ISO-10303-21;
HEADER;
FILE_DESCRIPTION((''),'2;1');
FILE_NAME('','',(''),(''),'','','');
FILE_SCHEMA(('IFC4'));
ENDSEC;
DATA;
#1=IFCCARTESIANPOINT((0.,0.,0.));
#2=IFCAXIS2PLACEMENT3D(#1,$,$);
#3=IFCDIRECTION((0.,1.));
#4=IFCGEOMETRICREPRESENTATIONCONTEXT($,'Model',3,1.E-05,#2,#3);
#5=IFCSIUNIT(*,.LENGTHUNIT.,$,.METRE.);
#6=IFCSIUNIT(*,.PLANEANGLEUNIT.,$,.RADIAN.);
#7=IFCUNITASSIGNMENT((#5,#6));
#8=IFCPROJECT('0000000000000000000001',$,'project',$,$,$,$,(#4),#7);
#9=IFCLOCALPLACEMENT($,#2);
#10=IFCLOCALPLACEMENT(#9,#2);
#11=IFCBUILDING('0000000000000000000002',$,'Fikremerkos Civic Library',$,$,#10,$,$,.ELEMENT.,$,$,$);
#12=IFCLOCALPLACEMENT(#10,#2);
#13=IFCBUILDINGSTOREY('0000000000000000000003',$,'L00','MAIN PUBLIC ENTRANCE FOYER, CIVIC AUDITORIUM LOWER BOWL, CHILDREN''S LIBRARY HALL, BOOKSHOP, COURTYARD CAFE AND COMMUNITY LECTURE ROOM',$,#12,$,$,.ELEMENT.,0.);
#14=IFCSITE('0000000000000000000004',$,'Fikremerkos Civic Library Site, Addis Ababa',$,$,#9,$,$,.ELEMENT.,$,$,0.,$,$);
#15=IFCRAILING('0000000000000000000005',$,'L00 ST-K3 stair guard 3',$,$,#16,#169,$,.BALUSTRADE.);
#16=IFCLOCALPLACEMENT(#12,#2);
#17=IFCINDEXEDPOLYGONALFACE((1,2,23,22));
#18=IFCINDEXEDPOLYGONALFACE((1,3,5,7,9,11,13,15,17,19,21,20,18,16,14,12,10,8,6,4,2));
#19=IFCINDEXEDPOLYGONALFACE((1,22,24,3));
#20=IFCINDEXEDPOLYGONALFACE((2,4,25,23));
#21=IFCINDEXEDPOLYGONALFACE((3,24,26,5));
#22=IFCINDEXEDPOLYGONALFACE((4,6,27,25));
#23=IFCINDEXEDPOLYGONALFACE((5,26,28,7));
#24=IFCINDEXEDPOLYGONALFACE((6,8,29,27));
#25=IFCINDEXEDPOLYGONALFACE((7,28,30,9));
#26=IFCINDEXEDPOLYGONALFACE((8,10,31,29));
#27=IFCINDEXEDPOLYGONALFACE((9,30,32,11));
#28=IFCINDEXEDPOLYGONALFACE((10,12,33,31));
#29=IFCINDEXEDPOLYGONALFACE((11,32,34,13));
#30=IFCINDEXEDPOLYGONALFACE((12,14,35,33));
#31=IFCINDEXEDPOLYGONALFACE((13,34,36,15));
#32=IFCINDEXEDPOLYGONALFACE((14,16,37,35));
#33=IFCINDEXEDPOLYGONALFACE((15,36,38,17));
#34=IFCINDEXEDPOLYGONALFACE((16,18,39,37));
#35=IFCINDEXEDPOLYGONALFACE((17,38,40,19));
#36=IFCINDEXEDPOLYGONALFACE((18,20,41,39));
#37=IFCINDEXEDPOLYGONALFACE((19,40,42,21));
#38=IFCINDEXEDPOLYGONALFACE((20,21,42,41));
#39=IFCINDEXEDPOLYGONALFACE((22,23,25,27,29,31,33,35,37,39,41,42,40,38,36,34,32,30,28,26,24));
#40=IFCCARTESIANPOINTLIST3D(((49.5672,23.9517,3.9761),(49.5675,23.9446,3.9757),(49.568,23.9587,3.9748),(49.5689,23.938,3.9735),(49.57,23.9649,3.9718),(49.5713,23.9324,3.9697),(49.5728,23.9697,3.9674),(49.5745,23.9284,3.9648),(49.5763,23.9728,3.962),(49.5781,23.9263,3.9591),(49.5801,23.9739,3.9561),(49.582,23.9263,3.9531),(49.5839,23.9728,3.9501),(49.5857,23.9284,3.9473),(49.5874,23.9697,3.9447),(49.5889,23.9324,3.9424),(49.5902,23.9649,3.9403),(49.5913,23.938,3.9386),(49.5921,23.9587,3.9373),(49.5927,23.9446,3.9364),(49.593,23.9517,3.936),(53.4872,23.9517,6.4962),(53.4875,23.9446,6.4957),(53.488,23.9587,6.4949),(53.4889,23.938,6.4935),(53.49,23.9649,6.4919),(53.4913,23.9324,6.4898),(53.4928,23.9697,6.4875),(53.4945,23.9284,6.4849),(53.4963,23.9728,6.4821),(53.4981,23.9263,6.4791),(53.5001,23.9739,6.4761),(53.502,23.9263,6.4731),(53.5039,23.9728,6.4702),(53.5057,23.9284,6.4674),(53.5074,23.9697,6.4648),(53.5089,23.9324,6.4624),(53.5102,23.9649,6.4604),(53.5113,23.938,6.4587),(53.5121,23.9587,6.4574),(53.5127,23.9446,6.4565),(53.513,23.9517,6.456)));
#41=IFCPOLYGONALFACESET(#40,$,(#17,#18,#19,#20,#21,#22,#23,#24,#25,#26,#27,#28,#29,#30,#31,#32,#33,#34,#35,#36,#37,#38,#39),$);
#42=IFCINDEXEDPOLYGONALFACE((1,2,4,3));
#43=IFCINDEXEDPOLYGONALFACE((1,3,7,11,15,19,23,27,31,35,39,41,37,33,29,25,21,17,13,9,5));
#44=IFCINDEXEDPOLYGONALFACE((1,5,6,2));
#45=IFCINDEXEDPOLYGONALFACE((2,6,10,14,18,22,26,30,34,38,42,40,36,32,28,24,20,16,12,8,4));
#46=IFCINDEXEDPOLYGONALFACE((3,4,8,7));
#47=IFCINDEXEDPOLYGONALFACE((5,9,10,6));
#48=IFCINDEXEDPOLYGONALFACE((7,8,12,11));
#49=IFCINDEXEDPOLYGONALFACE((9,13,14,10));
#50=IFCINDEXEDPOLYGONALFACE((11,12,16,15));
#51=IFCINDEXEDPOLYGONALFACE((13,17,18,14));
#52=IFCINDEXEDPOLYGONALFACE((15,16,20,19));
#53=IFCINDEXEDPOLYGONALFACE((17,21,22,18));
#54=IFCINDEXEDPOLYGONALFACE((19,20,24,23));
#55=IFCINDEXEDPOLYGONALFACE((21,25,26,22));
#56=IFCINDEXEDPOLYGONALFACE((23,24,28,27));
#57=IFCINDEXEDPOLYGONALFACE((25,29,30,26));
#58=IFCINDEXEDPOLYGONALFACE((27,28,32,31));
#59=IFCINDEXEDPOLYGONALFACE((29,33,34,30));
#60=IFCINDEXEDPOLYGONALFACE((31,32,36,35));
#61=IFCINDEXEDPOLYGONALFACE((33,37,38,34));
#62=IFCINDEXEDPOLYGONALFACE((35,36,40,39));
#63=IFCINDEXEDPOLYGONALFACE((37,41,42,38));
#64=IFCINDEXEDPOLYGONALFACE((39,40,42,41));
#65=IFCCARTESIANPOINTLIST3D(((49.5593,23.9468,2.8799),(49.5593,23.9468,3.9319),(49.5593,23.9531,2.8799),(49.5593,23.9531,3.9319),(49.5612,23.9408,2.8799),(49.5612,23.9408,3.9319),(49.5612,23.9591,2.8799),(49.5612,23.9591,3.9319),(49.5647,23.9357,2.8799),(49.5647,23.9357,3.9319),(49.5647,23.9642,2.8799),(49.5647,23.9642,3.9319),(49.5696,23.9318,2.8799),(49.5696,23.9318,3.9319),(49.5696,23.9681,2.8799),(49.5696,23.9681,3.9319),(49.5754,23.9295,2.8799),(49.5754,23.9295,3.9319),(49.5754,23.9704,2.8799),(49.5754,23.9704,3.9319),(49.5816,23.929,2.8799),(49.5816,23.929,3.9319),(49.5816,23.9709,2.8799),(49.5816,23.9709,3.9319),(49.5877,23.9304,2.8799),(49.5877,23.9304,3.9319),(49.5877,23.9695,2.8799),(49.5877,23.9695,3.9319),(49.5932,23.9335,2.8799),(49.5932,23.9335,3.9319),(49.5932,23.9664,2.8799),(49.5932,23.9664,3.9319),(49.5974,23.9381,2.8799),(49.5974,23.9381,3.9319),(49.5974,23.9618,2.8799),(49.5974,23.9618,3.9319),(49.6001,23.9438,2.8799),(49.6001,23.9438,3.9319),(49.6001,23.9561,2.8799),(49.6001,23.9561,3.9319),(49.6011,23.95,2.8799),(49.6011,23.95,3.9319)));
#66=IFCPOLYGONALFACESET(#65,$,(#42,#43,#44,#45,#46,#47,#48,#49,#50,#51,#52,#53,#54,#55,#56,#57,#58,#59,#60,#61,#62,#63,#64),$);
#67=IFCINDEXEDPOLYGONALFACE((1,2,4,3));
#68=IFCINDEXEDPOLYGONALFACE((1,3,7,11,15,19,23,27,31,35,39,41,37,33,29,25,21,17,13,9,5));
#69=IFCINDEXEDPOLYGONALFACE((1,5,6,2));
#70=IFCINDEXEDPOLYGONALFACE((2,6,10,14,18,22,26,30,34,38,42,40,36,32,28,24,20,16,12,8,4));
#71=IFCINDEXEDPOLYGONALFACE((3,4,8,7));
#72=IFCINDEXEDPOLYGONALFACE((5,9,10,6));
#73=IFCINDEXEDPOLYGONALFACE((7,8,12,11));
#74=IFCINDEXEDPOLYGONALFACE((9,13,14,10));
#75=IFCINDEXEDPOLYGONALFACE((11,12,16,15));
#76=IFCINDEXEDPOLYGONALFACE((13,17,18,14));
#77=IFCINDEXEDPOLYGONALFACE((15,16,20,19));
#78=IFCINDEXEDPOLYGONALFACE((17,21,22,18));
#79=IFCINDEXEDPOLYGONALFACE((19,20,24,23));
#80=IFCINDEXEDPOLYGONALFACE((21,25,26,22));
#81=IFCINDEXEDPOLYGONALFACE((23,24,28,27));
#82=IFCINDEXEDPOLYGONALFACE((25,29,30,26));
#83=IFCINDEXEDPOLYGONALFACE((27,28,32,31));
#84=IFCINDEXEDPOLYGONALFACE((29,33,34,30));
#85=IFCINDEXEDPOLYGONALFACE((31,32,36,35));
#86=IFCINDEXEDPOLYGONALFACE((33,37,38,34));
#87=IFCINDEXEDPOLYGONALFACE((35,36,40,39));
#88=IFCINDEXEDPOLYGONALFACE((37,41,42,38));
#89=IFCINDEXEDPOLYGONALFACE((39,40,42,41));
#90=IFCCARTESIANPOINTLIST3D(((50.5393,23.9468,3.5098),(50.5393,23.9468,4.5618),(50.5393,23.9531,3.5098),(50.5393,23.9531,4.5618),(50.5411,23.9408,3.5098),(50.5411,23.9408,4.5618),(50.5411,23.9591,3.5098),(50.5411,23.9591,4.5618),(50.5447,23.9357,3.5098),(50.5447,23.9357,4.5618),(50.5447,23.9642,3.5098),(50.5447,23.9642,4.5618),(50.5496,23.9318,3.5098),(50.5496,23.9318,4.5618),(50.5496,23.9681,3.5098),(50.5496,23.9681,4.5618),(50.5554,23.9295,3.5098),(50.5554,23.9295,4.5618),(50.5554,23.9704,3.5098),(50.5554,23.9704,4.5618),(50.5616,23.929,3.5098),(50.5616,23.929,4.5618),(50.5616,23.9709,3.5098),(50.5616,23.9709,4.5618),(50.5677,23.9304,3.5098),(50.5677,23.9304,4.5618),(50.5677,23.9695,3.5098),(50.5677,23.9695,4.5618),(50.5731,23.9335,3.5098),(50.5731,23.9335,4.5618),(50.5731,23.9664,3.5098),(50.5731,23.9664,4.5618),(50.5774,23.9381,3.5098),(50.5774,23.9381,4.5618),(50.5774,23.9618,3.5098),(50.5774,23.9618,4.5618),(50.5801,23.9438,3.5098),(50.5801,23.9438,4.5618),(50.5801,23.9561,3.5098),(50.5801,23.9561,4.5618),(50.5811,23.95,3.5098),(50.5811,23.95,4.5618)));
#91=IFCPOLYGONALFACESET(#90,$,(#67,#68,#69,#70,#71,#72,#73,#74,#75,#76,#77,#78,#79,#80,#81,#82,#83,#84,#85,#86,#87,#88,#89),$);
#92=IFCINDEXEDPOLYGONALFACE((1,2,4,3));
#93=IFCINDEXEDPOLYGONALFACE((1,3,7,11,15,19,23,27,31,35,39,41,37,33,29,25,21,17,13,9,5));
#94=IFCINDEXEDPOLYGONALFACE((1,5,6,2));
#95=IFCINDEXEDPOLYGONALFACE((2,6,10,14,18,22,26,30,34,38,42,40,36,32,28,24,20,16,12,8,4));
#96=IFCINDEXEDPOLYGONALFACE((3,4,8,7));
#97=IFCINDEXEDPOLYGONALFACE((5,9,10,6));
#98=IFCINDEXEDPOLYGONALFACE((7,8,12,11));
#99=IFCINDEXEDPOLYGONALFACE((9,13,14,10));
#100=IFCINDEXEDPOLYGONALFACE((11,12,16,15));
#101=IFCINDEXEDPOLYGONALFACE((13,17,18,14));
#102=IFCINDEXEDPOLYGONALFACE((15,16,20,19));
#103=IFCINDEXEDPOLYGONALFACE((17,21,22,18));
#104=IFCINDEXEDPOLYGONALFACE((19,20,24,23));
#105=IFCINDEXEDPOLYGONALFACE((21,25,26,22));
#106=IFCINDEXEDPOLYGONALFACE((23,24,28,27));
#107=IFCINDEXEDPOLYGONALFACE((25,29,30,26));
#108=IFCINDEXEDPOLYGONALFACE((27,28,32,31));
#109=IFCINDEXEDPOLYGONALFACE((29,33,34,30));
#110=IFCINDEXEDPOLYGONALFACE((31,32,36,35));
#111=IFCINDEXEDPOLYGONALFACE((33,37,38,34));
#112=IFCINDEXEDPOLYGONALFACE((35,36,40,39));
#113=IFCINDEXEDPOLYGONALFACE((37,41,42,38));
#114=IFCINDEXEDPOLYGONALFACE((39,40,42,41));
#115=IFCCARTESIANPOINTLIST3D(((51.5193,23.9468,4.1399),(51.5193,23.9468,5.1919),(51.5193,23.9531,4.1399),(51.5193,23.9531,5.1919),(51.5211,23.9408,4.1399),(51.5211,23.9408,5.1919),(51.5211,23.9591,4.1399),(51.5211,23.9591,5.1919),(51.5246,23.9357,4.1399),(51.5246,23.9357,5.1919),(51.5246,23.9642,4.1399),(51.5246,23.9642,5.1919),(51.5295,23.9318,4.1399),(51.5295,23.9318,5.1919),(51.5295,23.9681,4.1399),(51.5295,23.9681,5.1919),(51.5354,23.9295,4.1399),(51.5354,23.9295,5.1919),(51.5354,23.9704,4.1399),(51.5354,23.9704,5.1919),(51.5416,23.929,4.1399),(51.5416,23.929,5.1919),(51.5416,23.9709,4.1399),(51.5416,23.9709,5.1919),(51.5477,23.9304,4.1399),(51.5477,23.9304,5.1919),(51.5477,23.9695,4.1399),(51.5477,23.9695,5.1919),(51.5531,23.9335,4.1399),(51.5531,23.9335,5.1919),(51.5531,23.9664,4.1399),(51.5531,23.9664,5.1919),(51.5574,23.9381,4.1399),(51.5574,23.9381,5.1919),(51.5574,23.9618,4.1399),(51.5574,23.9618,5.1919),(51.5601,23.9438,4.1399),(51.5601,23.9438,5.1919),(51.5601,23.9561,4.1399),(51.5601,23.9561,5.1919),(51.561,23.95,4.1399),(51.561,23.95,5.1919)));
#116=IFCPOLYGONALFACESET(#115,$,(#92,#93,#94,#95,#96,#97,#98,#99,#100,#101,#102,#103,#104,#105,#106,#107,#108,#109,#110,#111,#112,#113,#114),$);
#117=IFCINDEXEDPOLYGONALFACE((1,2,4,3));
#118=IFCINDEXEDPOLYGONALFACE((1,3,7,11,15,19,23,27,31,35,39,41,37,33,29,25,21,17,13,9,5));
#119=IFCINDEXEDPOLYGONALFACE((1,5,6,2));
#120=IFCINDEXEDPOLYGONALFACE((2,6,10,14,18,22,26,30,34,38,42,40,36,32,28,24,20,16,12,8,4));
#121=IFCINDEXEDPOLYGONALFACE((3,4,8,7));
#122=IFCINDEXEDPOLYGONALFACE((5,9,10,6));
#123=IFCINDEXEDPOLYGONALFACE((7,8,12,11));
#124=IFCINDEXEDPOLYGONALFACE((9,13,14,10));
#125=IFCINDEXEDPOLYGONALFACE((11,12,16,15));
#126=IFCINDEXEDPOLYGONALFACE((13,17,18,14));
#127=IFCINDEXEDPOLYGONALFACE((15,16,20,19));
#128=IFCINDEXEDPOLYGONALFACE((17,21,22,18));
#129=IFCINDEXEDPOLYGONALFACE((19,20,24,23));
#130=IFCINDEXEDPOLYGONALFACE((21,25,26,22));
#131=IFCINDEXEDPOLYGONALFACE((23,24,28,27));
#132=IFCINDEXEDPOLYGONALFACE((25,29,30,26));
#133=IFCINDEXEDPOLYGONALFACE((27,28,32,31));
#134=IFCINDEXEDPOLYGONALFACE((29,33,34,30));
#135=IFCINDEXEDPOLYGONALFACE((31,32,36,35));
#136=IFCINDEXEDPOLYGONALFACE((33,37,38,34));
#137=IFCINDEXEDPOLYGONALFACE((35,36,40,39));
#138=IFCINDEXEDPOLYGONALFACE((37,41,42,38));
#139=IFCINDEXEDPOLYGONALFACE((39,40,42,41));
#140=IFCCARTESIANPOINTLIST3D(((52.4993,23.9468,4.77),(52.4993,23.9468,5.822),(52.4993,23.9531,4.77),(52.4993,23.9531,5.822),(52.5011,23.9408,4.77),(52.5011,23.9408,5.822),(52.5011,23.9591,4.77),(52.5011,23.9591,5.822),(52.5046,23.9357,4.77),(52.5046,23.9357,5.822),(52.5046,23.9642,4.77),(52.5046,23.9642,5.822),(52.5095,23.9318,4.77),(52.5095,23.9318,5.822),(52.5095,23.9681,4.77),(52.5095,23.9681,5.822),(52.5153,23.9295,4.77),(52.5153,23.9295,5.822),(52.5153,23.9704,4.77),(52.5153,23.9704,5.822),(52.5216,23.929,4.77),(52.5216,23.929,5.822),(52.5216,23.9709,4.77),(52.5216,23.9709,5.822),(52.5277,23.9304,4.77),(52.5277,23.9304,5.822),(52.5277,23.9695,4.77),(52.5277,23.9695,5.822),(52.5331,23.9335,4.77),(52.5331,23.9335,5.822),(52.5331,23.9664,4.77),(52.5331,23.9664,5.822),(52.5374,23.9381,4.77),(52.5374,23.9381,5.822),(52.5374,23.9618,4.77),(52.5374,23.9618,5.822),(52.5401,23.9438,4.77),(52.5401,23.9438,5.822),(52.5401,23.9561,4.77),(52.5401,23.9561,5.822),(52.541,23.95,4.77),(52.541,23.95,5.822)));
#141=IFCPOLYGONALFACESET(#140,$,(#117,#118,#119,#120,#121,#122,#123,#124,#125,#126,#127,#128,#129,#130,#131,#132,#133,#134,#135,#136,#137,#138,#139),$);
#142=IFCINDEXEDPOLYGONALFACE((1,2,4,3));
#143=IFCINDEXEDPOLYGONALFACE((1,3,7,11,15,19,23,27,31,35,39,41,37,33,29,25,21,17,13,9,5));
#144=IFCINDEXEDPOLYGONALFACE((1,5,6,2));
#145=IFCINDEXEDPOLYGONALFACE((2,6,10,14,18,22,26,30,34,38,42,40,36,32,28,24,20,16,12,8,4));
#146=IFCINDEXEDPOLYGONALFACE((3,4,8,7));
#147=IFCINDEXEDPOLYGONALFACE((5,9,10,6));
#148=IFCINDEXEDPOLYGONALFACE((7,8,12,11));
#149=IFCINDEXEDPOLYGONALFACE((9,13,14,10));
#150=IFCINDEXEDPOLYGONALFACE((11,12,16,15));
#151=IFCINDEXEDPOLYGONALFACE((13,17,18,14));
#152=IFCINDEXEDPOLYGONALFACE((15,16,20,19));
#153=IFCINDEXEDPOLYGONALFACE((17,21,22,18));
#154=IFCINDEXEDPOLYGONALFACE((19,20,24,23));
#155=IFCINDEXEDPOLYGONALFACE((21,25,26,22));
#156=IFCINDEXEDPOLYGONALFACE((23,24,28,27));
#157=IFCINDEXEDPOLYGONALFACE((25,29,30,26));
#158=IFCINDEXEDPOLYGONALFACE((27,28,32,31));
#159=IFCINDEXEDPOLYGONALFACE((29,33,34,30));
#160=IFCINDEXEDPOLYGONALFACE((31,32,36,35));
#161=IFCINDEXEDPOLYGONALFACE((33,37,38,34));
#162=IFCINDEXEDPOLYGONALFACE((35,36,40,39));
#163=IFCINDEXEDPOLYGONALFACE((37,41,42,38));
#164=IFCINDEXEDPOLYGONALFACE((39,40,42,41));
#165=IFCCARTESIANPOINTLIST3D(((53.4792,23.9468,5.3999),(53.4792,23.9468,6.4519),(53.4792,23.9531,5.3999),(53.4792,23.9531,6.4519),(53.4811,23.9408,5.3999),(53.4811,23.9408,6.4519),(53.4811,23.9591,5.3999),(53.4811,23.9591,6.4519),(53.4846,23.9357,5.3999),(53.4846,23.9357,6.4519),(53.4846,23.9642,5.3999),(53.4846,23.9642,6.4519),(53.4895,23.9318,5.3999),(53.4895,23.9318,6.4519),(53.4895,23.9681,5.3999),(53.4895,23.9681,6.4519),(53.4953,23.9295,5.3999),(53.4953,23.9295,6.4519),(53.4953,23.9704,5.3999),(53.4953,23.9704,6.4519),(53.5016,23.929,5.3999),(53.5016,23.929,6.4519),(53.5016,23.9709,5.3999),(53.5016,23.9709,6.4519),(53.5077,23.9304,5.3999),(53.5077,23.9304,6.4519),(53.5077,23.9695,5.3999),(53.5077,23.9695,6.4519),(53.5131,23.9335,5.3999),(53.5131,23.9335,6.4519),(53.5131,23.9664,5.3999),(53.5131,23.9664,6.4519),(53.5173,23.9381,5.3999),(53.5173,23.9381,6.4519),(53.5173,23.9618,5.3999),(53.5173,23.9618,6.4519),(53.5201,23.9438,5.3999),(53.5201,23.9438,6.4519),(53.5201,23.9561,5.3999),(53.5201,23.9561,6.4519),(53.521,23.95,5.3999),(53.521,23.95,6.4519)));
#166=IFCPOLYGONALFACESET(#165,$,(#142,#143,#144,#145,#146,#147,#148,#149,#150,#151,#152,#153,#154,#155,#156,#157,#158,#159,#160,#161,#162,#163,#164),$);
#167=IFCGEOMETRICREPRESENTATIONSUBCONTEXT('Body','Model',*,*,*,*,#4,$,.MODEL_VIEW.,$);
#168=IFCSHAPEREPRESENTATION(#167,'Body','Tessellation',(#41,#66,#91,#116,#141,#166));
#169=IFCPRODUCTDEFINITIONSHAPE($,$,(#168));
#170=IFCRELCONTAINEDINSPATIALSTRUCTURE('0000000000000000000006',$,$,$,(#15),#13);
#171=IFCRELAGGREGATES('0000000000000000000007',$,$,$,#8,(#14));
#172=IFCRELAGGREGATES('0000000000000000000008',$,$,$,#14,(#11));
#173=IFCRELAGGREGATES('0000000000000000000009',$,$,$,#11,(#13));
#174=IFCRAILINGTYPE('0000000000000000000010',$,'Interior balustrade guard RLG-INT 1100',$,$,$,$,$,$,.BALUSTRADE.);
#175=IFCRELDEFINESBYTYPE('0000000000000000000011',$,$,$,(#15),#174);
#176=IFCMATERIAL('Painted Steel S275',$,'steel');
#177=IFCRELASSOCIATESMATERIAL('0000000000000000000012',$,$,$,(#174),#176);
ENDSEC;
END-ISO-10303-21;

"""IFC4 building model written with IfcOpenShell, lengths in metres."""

from ifc_helpers import new_model, si_unit, direction, frame, origin, origin_2d, place, context, subcontext, project, spatial, circle, extrude, material, type_object, element, save


model = new_model("IFC4")

# Units and contexts
model_context = context("Model", 3, precision=1e-05, world=origin(), true_north=direction((0.0, 1.0)))
body_context = subcontext(model_context, "Body", "Model", "MODEL_VIEW")
ifc_project = project(units=[si_unit("LENGTHUNIT", "METRE"), si_unit("PLANEANGLEUNIT", "RADIAN")], contexts=[model_context])

# Site, building, storey
site_placement = place(None, origin())
site = spatial("IfcSite", under=ifc_project, at=site_placement, Name="Fikremerkos Civic Library Site, Addis Ababa", CompositionType="ELEMENT", RefElevation=0.0)
building_placement = place(site_placement, origin())
building = spatial("IfcBuilding", under=site, at=building_placement, Name="Fikremerkos Civic Library", CompositionType="ELEMENT")
storey_placement = place(building_placement, origin())
storey = spatial("IfcBuildingStorey", under=building, at=storey_placement, Name="L00", Description="MAIN PUBLIC ENTRANCE FOYER, CIVIC AUDITORIUM LOWER BOWL, CHILDREN'S LIBRARY HALL, BOOKSHOP, COURTYARD CAFE AND COMMUNITY LECTURE ROOM", CompositionType="ELEMENT", Elevation=0.0)

# Railing
ifc_material_1 = material(Name="Painted Steel S275", Category="steel")
railing_type_1 = type_object("IfcRailingType", Name="Interior balustrade guard RLG-INT 1100", PredefinedType="BALUSTRADE", material=ifc_material_1)
railing_1_placement = place(storey_placement, frame((49.5801, 23.95, 2.8799)))
element("IfcRailing", 1, at=railing_1_placement, inside=storey, type_object=railing_type_1, Name="L00 ST-K3 stair guard 3", PredefinedType="BALUSTRADE", context=body_context, shape_type="SweptSolid", body=[
    extrude(circle(Radius=0.0239, at=origin_2d()), frame((0.0, 0.0, 1.0762), z_axis=(0.841172, 0.0, 0.540768), x_axis=(0.0, 1.0, 0.0)), (0.0, 0.0, 1.0), 4.6602),
    extrude(circle(Radius=0.021, at=origin_2d()), origin(), (0.0, 0.0, 1.0), 1.052),
    extrude(circle(Radius=0.021, at=origin_2d()), frame((0.98, 0.0, 0.6299)), (0.0, 0.0, 1.0), 1.052),
    extrude(circle(Radius=0.021, at=origin_2d()), frame((1.96, 0.0, 1.26)), (0.0, 0.0, 1.0), 1.052),
    extrude(circle(Radius=0.021, at=origin_2d()), frame((2.9399, 0.0, 1.8901)), (0.0, 0.0, 1.0), 1.052),
    extrude(circle(Radius=0.021, at=origin_2d()), frame((3.9199, 0.0, 2.52)), (0.0, 0.0, 1.0), 1.052),
])

save(model, "model.ifc")
